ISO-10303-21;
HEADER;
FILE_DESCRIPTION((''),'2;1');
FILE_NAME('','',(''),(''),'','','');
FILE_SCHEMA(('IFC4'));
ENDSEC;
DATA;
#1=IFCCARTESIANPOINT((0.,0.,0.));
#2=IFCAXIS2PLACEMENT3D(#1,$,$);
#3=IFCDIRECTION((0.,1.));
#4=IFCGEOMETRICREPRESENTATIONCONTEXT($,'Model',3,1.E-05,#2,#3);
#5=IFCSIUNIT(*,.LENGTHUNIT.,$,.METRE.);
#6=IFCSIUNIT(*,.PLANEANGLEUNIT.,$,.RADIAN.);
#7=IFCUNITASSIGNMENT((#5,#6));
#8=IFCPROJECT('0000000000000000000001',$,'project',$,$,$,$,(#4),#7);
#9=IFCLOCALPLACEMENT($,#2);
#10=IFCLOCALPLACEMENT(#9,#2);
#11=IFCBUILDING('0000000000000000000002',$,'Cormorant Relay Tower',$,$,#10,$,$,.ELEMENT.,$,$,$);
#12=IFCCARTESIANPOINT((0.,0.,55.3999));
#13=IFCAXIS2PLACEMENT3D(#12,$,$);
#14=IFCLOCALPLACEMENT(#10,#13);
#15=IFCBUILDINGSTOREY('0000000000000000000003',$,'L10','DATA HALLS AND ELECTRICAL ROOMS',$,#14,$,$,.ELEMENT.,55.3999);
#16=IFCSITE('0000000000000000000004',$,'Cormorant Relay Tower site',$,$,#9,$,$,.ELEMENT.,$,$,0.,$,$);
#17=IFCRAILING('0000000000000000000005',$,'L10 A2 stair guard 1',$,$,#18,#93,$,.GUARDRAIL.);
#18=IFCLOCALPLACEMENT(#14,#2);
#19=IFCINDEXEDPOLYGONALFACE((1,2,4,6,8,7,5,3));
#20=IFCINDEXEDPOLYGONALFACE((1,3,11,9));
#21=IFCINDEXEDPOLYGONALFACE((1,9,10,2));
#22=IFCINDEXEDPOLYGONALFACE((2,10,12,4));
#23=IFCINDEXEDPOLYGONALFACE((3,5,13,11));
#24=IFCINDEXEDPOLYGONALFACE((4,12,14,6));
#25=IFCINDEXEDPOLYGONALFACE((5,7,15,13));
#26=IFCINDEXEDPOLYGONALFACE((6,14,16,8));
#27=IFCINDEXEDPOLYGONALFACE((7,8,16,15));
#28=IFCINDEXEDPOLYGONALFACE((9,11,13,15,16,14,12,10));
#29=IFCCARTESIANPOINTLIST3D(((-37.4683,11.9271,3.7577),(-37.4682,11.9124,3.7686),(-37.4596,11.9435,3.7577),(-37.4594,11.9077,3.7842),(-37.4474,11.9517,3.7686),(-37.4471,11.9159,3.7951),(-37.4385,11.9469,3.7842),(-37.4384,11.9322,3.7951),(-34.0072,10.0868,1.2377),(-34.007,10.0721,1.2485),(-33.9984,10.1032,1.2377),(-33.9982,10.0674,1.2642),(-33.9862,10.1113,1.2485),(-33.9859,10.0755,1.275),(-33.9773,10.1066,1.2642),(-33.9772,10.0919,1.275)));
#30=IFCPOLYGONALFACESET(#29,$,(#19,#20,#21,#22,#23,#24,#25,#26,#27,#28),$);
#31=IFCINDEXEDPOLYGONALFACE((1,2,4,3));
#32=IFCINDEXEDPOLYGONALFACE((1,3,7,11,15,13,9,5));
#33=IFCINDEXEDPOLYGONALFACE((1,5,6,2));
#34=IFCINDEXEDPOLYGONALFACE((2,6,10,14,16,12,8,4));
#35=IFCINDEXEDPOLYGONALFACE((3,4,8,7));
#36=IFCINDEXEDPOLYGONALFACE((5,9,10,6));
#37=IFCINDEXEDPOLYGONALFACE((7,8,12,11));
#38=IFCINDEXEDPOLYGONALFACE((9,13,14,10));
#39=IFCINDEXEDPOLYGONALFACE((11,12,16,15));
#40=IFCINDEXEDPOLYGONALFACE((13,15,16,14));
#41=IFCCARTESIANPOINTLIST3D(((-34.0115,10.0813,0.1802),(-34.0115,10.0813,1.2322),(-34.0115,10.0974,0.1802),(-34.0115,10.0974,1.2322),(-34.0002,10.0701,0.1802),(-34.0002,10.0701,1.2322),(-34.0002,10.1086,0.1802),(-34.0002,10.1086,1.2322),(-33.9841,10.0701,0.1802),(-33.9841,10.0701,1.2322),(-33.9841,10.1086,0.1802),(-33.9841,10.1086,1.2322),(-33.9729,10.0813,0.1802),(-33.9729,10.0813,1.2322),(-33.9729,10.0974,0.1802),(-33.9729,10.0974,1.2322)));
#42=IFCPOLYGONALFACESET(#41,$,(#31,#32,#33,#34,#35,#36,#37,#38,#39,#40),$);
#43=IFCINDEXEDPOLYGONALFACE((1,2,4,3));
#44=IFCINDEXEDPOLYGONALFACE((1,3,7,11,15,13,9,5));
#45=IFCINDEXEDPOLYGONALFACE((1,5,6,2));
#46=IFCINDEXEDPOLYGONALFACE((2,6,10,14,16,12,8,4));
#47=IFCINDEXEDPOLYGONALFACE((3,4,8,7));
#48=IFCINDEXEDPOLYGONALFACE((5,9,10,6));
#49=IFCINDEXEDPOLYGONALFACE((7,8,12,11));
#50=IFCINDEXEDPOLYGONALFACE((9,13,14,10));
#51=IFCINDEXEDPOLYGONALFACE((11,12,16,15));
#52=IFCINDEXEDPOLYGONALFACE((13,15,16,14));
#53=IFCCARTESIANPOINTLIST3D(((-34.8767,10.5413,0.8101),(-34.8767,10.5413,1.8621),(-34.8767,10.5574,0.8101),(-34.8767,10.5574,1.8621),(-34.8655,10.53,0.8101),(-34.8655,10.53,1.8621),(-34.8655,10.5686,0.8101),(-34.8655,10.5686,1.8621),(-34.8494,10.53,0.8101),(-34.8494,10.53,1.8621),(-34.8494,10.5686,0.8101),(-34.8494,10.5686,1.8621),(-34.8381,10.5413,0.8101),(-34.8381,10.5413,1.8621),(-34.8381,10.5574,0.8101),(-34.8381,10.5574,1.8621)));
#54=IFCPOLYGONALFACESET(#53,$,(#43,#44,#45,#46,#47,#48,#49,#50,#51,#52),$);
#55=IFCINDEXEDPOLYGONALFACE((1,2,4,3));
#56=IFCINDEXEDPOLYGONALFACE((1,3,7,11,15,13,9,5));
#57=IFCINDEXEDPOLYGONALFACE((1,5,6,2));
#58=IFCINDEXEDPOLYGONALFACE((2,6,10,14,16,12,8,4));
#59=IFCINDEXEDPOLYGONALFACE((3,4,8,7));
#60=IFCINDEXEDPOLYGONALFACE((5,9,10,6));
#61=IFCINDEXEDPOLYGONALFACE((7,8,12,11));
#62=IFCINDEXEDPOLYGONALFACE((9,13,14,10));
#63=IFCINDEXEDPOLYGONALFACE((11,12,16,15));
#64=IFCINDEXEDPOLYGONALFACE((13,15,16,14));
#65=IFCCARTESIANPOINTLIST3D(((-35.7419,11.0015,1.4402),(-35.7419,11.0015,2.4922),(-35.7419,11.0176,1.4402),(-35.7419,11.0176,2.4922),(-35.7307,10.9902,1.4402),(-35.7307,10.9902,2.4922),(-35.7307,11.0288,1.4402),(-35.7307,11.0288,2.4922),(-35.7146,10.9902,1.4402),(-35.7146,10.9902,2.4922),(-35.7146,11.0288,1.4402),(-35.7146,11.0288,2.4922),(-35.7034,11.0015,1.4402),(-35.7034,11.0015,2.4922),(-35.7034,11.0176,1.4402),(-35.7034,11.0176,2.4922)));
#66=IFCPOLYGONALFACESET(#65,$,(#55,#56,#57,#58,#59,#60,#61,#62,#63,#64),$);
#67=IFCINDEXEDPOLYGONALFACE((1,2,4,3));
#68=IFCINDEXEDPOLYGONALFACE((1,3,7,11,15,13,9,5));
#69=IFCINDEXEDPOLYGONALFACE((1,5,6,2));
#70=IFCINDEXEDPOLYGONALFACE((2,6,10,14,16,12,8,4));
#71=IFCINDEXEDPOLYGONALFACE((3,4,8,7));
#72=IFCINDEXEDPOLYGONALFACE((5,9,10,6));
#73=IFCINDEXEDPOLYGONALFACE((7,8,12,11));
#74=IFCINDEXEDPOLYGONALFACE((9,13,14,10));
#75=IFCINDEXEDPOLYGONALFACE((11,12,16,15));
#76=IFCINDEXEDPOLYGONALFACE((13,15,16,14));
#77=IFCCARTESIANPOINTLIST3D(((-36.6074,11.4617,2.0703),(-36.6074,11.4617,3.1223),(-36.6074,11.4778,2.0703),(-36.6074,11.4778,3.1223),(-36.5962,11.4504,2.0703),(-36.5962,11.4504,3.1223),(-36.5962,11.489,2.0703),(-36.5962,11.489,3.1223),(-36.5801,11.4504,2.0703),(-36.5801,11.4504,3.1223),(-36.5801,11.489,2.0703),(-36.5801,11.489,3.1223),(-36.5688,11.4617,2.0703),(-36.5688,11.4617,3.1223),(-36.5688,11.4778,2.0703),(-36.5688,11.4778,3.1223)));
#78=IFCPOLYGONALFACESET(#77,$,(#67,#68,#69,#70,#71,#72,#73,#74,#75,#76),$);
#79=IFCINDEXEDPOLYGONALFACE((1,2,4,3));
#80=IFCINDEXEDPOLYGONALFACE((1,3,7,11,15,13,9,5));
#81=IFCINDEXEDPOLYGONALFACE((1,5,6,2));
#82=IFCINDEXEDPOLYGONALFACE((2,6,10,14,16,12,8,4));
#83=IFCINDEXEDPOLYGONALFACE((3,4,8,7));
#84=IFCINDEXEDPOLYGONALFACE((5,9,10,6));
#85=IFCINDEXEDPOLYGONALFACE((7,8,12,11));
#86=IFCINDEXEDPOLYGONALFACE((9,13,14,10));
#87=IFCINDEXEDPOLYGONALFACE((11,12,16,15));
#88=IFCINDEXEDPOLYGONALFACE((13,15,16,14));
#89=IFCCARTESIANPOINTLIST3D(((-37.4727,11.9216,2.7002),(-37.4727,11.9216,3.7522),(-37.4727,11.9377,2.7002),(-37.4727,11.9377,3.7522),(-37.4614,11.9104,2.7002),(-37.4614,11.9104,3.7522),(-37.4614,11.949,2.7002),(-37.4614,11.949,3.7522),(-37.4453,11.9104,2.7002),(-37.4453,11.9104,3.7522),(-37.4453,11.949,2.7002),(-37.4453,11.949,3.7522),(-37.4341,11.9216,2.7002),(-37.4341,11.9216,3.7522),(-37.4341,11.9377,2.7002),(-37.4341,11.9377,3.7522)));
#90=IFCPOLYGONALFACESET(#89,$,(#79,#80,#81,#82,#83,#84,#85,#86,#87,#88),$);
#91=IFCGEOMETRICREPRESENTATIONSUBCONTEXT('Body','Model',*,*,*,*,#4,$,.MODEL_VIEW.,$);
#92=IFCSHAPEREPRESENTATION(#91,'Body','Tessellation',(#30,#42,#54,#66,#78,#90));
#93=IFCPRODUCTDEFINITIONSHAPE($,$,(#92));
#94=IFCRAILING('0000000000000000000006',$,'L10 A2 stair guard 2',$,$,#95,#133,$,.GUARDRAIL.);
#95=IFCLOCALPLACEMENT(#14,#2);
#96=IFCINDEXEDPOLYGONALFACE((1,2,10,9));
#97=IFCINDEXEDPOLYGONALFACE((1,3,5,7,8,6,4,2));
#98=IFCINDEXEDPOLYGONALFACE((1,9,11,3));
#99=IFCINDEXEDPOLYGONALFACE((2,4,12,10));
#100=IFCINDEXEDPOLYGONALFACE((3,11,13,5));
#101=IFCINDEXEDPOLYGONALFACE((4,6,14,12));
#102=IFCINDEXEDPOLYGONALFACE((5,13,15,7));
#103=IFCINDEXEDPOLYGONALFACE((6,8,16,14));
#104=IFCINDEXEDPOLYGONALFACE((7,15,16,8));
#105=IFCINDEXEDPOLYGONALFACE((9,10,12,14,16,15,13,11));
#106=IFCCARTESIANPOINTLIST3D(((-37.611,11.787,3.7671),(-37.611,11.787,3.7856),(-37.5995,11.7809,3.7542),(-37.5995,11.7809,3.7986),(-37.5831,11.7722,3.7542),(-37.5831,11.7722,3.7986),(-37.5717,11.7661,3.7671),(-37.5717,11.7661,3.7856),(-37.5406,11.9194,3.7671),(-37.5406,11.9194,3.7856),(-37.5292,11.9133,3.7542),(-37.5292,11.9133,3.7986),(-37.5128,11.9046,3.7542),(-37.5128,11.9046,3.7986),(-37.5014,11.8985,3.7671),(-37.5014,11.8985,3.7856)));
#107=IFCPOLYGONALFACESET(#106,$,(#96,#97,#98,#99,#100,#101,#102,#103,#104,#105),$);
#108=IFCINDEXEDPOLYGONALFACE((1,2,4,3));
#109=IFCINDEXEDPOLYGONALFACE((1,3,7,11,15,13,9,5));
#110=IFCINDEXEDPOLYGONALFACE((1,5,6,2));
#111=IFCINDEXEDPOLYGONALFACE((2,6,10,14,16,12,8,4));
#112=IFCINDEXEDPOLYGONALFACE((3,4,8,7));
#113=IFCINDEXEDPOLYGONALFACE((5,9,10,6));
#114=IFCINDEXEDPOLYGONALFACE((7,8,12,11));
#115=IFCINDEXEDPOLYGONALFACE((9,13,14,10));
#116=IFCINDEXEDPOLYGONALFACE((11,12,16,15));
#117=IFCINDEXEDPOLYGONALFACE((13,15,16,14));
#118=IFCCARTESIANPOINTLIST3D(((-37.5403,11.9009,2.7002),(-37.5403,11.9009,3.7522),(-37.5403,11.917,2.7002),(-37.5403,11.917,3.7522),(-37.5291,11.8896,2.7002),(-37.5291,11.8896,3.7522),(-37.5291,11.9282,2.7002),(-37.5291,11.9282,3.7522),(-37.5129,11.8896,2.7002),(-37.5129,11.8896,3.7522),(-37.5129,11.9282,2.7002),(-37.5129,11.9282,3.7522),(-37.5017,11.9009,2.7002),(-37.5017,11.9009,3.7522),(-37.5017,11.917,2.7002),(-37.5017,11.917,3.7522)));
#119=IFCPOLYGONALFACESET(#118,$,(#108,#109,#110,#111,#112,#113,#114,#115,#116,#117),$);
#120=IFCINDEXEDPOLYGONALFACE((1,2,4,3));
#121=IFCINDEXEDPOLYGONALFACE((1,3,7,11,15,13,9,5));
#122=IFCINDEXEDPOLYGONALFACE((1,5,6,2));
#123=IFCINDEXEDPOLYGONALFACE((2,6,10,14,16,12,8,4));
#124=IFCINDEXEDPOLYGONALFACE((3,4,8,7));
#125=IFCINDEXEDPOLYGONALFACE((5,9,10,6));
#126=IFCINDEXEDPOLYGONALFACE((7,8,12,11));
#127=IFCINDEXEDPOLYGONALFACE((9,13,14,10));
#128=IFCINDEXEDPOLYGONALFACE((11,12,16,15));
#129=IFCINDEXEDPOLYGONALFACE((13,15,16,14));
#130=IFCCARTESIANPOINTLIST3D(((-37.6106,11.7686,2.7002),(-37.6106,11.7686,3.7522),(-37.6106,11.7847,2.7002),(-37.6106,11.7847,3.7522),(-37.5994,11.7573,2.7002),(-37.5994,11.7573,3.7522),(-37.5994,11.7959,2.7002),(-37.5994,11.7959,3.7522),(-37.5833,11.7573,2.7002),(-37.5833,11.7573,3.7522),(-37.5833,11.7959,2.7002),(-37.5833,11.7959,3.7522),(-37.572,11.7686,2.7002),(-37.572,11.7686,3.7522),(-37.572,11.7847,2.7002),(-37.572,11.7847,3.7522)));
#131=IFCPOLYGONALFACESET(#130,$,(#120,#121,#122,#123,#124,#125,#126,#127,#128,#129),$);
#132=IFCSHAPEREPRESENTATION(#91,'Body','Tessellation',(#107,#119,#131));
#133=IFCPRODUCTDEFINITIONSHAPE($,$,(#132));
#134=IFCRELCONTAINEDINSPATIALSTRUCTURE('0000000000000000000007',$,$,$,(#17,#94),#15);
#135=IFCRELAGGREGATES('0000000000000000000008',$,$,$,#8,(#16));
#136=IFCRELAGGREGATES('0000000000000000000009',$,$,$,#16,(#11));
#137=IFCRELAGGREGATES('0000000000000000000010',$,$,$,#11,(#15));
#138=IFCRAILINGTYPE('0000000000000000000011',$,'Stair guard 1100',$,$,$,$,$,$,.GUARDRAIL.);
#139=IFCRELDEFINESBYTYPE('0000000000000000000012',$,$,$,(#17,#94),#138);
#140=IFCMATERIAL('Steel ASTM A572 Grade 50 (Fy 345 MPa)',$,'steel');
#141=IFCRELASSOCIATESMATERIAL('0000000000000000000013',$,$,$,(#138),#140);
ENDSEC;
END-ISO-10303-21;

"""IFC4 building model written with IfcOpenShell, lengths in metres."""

from ifc_helpers import new_model, si_unit, direction, frame, origin, place, context, subcontext, project, spatial, polyline, outline, extrude, material, type_object, element, save


model = new_model("IFC4")

# Units and contexts
model_context = context("Model", 3, precision=1e-05, world=origin(), true_north=direction((0.0, 1.0)))
body_context = subcontext(model_context, "Body", "Model", "MODEL_VIEW")
ifc_project = project(units=[si_unit("LENGTHUNIT", "METRE"), si_unit("PLANEANGLEUNIT", "RADIAN")], contexts=[model_context])

# Site, building, storey
site_placement = place(None, origin())
site = spatial("IfcSite", under=ifc_project, at=site_placement, Name="Cormorant Relay Tower site", CompositionType="ELEMENT", RefElevation=0.0)
building_placement = place(site_placement, origin())
building = spatial("IfcBuilding", under=site, at=building_placement, Name="Cormorant Relay Tower", CompositionType="ELEMENT")
storey_placement = place(building_placement, frame((0.0, 0.0, 55.3999)))
storey = spatial("IfcBuildingStorey", under=building, at=storey_placement, Name="L10", Description="DATA HALLS AND ELECTRICAL ROOMS", CompositionType="ELEMENT", Elevation=55.3999)

# Railings
ifc_material_1 = material(Name="Steel ASTM A572 Grade 50 (Fy 345 MPa)", Category="steel")
railing_type_1 = type_object("IfcRailingType", Name="Stair guard 1100", PredefinedType="GUARDRAIL", material=ifc_material_1)
railing_1_placement = place(storey_placement, frame((-33.9922, 10.0894, 0.1802)))
element("IfcRailing", 1, at=railing_1_placement, inside=storey, type_object=railing_type_1, Name="L10 A2 stair guard 1", PredefinedType="GUARDRAIL", context=body_context, shape_type="SweptSolid", body=[
    extrude(outline(polyline([(0.0222, 0.0093), (0.0093, 0.0222), (-0.0093, 0.0222), (-0.0222, 0.0093), (-0.0222, -0.0093), (-0.0093, -0.0222), (0.0093, -0.0222), (0.0222, -0.0093), (0.0222, 0.0093)])), frame((0.0, 0.0, 1.0762), z_axis=(-0.742717, 0.394907, 0.540758), x_axis=(-0.469469, -0.882949, 0.0)), (0.0, 0.0, 1.0), 4.6602),
    extrude(outline(polyline([(0.0193, 0.0081), (0.0081, 0.0193), (-0.0081, 0.0193), (-0.0193, 0.0081), (-0.0193, -0.0081), (-0.0081, -0.0193), (0.0081, -0.0193), (0.0193, -0.0081), (0.0193, 0.0081)])), origin(), (0.0, 0.0, 1.0), 1.052),
    extrude(outline(polyline([(0.0193, 0.0081), (0.0081, 0.0193), (-0.0081, 0.0193), (-0.0193, 0.0081), (-0.0193, -0.0081), (-0.0081, -0.0193), (0.0081, -0.0193), (0.0193, -0.0081), (0.0193, 0.0081)])), frame((-0.8652, 0.46, 0.6299)), (0.0, 0.0, 1.0), 1.052),
    extrude(outline(polyline([(0.0193, 0.0081), (0.0081, 0.0193), (-0.0081, 0.0193), (-0.0193, 0.0081), (-0.0193, -0.0081), (-0.0081, -0.0193), (0.0081, -0.0193), (0.0193, -0.0081), (0.0193, 0.0081)])), frame((-1.7305, 0.9202, 1.26)), (0.0, 0.0, 1.0), 1.052),
    extrude(outline(polyline([(0.0193, 0.0081), (0.0081, 0.0193), (-0.0081, 0.0193), (-0.0193, 0.0081), (-0.0193, -0.0081), (-0.0081, -0.0193), (0.0081, -0.0193), (0.0193, -0.0081), (0.0193, 0.0081)])), frame((-2.5959, 1.3804, 1.8901)), (0.0, 0.0, 1.0), 1.052),
    extrude(outline(polyline([(0.0193, 0.0081), (0.0081, 0.0193), (-0.0081, 0.0193), (-0.0193, 0.0081), (-0.0193, -0.0081), (-0.0081, -0.0193), (0.0081, -0.0193), (0.0193, -0.0081), (0.0193, 0.0081)])), frame((-3.4612, 1.8403, 2.52)), (0.0, 0.0, 1.0), 1.052),
])
railing_2_placement = place(storey_placement, frame((-37.521, 11.9089, 2.7002)))
element("IfcRailing", 2, at=railing_2_placement, inside=storey, type_object=railing_type_1, Name="L10 A2 stair guard 2", PredefinedType="GUARDRAIL", context=body_context, shape_type="SweptSolid", body=[
    extrude(outline(polyline([(0.0222, 0.0093), (0.0093, 0.0222), (-0.0093, 0.0222), (-0.0222, 0.0093), (-0.0222, -0.0093), (-0.0093, -0.0222), (0.0093, -0.0222), (0.0222, -0.0093), (0.0222, 0.0093)])), frame((0.0, 0.0, 1.0762), z_axis=(-0.469235, -0.883074, 0.0), x_axis=(0.883074, -0.469235, 0.0)), (0.0, 0.0, 1.0), 0.1499),
    extrude(outline(polyline([(0.0193, 0.0081), (0.0081, 0.0193), (-0.0081, 0.0193), (-0.0193, 0.0081), (-0.0193, -0.0081), (-0.0081, -0.0193), (0.0081, -0.0193), (0.0193, -0.0081), (0.0193, 0.0081)])), origin(), (0.0, 0.0, 1.0), 1.052),
    extrude(outline(polyline([(0.0193, 0.0081), (0.0081, 0.0193), (-0.0081, 0.0193), (-0.0193, 0.0081), (-0.0193, -0.0081), (-0.0081, -0.0193), (0.0081, -0.0193), (0.0193, -0.0081), (0.0193, 0.0081)])), frame((-0.0703, -0.1323, 0.0)), (0.0, 0.0, 1.0), 1.052),
])

save(model, "model.ifc")
